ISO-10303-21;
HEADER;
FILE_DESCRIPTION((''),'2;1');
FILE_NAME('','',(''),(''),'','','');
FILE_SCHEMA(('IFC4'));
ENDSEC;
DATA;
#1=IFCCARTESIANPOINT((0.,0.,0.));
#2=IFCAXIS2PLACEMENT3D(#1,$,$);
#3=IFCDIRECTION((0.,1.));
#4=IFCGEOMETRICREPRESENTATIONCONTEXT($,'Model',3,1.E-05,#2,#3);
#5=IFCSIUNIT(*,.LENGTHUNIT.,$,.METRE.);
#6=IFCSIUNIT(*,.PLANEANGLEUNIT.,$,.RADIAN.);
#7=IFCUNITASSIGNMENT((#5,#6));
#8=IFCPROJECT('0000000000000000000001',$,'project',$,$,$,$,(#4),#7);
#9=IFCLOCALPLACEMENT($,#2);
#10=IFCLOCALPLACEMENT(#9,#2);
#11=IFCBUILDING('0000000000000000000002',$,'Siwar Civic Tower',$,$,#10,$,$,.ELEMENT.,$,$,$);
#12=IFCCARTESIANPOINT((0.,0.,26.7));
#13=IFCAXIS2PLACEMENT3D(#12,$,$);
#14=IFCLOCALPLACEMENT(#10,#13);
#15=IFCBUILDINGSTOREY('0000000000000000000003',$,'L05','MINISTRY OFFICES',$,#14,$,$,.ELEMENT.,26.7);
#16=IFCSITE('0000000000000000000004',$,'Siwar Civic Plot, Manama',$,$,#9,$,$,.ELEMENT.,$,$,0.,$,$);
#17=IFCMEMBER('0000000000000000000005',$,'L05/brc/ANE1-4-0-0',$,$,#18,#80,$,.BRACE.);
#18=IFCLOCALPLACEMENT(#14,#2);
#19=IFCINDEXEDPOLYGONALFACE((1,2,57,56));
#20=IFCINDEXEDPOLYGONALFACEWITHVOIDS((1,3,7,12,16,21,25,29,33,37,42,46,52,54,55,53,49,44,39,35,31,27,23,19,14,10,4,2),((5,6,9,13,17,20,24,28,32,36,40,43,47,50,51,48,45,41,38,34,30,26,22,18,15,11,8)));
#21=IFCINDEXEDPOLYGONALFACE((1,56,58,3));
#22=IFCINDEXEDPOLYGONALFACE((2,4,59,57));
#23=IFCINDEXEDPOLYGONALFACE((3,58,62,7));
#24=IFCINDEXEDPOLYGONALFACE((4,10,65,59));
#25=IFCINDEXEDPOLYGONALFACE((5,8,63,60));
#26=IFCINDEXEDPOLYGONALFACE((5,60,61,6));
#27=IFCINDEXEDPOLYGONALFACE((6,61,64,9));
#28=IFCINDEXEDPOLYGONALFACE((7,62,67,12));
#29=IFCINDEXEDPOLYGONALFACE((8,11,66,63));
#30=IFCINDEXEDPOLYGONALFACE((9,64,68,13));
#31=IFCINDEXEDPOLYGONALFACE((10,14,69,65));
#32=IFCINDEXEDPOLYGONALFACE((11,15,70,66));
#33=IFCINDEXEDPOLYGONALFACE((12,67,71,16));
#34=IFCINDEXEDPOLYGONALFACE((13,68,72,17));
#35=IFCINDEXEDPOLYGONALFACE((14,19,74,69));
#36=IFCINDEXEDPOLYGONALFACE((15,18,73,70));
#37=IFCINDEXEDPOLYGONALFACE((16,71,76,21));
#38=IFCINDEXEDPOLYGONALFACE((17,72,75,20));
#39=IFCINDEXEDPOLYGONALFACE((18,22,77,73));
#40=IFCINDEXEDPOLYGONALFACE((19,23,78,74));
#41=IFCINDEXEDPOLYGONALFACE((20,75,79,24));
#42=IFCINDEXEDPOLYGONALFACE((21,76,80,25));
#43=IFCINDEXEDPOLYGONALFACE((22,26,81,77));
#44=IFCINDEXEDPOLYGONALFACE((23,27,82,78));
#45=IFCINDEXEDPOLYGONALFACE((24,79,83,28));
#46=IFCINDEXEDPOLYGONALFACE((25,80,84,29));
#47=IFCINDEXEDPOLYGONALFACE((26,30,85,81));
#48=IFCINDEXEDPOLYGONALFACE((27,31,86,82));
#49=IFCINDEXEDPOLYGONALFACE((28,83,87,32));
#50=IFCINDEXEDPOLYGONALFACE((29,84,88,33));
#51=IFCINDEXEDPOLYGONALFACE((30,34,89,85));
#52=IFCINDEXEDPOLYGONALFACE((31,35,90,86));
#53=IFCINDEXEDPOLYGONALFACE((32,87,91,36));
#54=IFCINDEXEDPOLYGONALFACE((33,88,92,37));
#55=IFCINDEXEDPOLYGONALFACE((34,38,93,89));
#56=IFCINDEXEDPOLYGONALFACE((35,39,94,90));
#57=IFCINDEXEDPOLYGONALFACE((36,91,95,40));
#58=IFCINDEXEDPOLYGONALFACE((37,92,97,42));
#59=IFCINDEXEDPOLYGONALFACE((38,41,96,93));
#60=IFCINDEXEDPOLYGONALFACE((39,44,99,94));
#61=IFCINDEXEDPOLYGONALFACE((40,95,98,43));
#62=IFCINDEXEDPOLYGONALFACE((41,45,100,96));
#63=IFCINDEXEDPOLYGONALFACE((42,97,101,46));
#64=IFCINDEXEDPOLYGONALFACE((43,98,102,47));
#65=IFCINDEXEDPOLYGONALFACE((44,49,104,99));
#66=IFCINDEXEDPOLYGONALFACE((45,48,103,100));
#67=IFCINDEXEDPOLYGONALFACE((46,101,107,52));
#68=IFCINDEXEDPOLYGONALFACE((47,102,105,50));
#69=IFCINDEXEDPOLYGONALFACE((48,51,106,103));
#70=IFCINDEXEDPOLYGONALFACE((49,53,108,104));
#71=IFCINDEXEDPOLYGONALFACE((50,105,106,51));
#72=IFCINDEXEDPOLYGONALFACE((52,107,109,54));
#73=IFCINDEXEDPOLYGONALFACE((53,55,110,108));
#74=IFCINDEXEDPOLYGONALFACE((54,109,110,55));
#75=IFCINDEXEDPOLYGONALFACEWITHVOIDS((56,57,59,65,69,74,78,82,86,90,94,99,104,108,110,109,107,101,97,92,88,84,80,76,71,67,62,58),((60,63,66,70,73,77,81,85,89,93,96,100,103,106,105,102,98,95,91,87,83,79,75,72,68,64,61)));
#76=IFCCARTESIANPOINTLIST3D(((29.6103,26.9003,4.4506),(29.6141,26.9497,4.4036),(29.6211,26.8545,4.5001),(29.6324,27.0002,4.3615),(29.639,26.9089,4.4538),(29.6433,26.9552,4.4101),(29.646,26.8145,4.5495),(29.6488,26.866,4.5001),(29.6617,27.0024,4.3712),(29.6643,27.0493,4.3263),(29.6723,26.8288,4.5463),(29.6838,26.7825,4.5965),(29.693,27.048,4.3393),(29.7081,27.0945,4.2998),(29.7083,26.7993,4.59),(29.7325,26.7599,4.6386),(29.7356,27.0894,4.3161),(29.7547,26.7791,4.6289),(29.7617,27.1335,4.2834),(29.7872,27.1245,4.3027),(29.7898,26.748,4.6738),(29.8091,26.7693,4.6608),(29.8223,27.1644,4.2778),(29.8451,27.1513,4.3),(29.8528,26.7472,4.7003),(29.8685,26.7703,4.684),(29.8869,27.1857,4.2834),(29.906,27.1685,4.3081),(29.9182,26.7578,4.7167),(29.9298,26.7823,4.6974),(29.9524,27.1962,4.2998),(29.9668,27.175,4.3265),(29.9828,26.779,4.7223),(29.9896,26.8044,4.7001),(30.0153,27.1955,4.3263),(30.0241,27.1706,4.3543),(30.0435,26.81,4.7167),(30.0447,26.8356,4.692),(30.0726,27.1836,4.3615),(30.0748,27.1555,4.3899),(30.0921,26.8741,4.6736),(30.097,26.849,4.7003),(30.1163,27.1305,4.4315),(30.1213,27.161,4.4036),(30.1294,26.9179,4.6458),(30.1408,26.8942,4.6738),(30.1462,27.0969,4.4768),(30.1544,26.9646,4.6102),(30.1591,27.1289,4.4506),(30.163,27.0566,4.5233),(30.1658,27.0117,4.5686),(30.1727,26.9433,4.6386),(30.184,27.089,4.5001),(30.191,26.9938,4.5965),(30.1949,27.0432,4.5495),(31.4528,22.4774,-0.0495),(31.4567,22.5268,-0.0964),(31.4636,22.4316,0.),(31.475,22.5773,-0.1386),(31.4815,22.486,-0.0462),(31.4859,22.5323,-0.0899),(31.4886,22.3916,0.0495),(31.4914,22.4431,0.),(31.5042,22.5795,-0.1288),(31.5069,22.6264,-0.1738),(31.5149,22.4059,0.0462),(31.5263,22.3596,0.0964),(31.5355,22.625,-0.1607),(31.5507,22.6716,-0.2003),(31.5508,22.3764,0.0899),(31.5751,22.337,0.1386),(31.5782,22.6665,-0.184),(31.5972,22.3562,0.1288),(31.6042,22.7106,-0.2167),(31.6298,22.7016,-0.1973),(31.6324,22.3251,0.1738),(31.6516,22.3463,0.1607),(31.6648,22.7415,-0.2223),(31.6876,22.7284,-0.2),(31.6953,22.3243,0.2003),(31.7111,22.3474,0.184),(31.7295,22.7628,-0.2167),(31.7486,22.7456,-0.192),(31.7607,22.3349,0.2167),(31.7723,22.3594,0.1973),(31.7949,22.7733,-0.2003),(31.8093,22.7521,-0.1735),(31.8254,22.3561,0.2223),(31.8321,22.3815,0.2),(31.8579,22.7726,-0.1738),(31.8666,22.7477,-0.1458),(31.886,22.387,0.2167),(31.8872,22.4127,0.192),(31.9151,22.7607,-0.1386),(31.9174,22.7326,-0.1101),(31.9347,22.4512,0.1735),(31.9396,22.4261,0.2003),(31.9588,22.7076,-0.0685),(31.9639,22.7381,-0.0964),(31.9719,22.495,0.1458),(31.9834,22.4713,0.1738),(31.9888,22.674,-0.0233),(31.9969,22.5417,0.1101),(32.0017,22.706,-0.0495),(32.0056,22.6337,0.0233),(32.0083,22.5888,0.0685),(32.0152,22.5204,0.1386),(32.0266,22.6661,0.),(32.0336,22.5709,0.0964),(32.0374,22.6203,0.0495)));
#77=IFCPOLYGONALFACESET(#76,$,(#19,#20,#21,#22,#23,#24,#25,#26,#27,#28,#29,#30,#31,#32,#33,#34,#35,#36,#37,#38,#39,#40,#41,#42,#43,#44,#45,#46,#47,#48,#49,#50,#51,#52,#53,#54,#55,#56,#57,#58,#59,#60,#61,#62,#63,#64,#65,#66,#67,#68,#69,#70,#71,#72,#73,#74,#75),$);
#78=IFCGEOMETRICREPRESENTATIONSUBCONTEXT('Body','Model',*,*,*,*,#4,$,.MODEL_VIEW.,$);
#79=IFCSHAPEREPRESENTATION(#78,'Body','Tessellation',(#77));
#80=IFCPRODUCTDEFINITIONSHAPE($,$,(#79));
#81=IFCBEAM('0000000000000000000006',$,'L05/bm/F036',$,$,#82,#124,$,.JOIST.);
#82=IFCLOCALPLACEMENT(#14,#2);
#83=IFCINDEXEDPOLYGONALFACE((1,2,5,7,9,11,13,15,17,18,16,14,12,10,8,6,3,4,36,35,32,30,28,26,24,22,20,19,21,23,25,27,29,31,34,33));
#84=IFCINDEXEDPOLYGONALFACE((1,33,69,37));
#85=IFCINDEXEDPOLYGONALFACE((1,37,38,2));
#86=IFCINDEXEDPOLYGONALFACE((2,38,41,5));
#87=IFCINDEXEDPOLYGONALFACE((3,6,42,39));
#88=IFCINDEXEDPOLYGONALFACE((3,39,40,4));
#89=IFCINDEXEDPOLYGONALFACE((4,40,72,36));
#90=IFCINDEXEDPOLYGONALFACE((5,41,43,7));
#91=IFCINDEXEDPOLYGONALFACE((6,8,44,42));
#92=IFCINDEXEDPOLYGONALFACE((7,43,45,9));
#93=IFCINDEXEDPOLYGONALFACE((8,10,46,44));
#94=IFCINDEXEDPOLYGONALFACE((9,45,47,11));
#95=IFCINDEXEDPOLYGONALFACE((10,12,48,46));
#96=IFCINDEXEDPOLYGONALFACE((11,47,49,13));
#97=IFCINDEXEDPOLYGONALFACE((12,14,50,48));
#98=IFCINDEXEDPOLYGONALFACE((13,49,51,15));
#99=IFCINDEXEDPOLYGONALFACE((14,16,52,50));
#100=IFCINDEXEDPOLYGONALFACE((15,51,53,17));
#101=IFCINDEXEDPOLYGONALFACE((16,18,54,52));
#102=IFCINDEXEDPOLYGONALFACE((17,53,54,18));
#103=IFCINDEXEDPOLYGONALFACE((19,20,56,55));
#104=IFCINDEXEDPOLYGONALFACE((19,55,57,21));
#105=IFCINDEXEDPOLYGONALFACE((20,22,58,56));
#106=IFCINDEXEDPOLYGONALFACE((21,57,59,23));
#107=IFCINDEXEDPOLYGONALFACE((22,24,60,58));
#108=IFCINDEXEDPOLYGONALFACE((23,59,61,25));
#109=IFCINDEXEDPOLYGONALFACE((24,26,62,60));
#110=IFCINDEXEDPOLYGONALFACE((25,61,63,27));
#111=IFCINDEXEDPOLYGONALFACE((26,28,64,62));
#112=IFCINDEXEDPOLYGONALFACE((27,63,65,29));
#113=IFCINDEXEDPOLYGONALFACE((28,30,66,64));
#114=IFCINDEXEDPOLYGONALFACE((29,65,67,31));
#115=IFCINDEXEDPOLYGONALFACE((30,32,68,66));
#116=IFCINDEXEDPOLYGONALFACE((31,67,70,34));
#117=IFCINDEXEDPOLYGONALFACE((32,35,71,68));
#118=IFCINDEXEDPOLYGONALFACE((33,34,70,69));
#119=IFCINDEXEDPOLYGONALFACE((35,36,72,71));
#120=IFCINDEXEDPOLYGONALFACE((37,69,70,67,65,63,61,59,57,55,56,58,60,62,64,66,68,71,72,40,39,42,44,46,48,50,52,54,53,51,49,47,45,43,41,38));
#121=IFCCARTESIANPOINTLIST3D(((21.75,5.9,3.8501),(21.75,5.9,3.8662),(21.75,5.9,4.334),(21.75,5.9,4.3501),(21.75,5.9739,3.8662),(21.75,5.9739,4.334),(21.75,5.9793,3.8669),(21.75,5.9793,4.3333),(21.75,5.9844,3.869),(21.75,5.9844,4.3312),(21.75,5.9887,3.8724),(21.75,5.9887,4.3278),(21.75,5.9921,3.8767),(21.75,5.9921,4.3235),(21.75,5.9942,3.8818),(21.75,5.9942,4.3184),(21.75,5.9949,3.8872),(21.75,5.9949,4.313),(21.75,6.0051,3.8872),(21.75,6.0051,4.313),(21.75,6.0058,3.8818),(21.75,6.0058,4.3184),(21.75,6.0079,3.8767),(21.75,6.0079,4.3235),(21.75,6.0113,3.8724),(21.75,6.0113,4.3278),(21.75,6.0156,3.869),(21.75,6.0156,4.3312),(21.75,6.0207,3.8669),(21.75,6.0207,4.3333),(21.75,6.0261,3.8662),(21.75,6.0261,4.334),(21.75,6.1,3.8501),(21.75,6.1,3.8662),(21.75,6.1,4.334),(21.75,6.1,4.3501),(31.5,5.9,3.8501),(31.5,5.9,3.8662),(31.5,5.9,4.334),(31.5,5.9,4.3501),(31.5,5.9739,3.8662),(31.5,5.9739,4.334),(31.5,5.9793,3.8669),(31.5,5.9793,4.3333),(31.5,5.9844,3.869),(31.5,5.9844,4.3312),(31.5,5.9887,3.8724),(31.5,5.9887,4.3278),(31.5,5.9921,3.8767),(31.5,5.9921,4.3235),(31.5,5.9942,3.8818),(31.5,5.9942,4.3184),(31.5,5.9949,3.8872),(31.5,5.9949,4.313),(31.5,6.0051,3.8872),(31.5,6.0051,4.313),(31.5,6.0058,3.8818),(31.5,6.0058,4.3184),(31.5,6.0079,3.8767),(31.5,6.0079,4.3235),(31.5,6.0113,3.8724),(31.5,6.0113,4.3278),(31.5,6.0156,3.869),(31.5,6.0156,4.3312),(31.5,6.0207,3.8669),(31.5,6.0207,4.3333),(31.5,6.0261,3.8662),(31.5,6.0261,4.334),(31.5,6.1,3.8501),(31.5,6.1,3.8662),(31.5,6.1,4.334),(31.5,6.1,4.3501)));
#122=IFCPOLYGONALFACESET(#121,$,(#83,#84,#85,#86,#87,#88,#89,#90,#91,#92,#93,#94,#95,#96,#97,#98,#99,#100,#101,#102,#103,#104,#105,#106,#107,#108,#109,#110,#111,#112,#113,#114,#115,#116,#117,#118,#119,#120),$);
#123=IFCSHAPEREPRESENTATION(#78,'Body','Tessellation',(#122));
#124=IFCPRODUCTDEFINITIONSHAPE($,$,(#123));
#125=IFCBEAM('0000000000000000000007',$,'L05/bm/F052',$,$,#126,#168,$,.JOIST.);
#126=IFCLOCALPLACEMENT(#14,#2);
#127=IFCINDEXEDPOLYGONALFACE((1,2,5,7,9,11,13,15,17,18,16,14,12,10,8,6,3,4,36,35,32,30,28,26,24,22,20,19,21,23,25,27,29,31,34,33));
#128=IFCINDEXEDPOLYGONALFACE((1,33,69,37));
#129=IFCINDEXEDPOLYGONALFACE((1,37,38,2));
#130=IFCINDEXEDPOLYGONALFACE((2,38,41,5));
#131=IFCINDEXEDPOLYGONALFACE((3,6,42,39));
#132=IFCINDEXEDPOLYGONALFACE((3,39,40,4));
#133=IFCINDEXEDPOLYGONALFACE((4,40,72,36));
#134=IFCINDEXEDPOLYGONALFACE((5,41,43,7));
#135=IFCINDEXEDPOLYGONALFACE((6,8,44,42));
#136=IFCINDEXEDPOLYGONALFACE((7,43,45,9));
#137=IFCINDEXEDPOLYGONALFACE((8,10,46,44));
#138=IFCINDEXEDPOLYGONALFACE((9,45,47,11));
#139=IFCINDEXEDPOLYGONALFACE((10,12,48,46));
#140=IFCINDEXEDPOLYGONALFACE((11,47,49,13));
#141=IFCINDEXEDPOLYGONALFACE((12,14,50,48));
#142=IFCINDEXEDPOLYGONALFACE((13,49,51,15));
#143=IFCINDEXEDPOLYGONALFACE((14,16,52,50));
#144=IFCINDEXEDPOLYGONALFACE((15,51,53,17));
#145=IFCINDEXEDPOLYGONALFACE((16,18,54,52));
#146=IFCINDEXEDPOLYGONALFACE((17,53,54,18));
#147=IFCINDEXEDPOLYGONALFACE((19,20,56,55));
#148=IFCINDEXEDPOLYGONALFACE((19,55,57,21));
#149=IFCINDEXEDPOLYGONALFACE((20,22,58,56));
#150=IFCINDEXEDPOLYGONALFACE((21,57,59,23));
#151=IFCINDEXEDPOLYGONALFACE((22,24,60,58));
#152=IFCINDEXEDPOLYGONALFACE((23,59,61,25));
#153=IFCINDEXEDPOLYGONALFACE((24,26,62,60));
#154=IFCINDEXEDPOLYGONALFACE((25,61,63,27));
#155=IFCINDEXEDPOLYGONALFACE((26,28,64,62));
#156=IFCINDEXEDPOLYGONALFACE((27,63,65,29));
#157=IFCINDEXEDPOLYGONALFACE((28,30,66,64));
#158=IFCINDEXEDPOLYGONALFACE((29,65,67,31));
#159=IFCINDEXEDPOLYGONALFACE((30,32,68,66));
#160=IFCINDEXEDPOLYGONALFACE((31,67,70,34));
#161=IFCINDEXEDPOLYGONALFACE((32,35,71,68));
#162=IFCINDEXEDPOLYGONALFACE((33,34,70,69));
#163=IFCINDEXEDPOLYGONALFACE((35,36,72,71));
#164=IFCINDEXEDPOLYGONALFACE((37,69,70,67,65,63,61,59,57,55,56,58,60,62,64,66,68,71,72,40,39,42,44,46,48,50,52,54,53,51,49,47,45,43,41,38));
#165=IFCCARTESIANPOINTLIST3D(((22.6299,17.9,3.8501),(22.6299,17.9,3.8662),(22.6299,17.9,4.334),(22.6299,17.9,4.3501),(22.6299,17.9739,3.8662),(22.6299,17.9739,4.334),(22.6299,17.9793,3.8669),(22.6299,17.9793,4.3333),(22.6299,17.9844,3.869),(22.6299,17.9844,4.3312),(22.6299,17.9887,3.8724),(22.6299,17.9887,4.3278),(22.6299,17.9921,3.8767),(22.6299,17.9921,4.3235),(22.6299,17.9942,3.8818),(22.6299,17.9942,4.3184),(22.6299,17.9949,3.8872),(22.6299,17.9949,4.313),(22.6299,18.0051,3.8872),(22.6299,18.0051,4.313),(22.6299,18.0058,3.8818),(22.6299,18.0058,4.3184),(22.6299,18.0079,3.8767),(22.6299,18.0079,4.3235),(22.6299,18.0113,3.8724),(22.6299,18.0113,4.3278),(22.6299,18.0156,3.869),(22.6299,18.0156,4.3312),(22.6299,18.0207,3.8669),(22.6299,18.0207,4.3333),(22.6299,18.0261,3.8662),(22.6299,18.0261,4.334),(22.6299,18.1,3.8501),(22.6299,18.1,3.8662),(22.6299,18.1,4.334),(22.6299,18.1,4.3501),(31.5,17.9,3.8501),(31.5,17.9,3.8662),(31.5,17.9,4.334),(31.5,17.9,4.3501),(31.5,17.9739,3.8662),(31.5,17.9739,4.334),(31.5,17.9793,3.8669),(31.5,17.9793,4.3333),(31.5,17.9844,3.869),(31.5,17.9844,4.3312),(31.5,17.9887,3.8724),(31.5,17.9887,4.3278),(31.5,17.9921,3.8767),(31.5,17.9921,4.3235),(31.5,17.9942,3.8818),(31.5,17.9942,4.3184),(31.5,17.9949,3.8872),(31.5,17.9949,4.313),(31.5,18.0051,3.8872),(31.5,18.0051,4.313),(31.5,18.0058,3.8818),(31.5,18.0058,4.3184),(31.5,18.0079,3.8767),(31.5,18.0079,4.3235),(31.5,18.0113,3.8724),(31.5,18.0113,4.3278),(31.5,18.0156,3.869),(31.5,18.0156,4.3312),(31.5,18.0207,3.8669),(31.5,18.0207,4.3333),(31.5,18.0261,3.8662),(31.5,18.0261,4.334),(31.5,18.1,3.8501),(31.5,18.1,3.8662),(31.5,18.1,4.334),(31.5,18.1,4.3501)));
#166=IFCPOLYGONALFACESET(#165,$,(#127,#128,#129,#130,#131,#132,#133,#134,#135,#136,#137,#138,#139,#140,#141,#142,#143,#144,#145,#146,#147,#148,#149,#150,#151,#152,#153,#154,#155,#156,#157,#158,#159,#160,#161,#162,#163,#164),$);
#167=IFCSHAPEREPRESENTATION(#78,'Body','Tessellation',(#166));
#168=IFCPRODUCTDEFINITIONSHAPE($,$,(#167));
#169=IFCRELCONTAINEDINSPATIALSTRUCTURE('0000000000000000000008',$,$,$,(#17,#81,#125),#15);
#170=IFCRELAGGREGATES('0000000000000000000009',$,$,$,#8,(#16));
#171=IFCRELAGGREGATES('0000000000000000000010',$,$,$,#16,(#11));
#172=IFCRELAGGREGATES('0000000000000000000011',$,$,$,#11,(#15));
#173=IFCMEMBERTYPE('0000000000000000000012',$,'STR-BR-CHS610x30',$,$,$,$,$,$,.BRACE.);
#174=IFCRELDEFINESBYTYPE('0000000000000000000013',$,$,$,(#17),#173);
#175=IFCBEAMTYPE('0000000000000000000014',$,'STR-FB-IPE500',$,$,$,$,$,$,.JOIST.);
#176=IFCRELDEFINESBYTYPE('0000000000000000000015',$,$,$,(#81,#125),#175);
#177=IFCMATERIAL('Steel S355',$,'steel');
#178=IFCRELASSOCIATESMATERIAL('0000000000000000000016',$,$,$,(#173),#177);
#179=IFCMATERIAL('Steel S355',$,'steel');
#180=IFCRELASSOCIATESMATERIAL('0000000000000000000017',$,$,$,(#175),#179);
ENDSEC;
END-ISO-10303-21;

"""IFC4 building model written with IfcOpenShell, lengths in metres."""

from ifc_helpers import new_model, si_unit, direction, frame, origin, origin_2d, place, context, subcontext, project, spatial, hollow_circle, i_section, extrude, material, material_profile, profile_set, type_object, element, save


model = new_model("IFC4")

# Units and contexts
model_context = context("Model", 3, precision=1e-05, world=origin(), true_north=direction((0.0, 1.0)))
body_context = subcontext(model_context, "Body", "Model", "MODEL_VIEW")
ifc_project = project(units=[si_unit("LENGTHUNIT", "METRE"), si_unit("PLANEANGLEUNIT", "RADIAN")], contexts=[model_context])

# Site, building, storey
site_placement = place(None, origin())
site = spatial("IfcSite", under=ifc_project, at=site_placement, Name="Siwar Civic Plot, Manama", CompositionType="ELEMENT", RefElevation=0.0)
building_placement = place(site_placement, origin())
building = spatial("IfcBuilding", under=site, at=building_placement, Name="Siwar Civic Tower", CompositionType="ELEMENT")
storey_placement = place(building_placement, frame((0.0, 0.0, 26.7)))
storey = spatial("IfcBuildingStorey", under=building, at=storey_placement, Name="L05", Description="MINISTRY OFFICES", CompositionType="ELEMENT", Elevation=26.7)

# Member
ifc_material_1 = material(Name="Steel S355", Category="steel")
ifc_material_profile_1 = material_profile(ifc_material_1, hollow_circle(Radius=0.3049, WallThickness=0.03, at=origin_2d()), Name="CHS610x30")
ifc_profile_set_1 = profile_set([ifc_material_profile_1], Name="Steel S355")
member_type_1 = type_object("IfcMemberType", Name="STR-BR-CHS610x30", PredefinedType="BRACE", material=ifc_profile_set_1)
member_1_placement = place(storey_placement, frame((31.7451, 22.5488, 0.0), z_axis=(-0.280311, 0.672865, 0.684601), x_axis=(-0.923101, -0.384557, 0.0)))
element("IfcMember", 1, at=member_1_placement, inside=storey, type_object=member_type_1, Name="L05/brc/ANE1-4-0-0", PredefinedType="BRACE", context=body_context, shape_type="SweptSolid", body=[
    extrude(hollow_circle(Radius=0.3049, WallThickness=0.03, at=origin_2d()), origin(), (0.0, 0.0, 1.0), 6.5732),
])

# Beams
ifc_material_2 = material(Name="Steel S355", Category="steel")
ifc_material_profile_2 = material_profile(ifc_material_2, i_section(OverallWidth=0.2, OverallDepth=0.5, WebThickness=0.0103, FlangeThickness=0.0161, FilletRadius=0.021, at=origin_2d()), Name="IPE500")
ifc_profile_set_2 = profile_set([ifc_material_profile_2], Name="Steel S355")
beam_type_1 = type_object("IfcBeamType", Name="STR-FB-IPE500", PredefinedType="JOIST", material=ifc_profile_set_2)
beam_1_placement = place(storey_placement, frame((21.75, 6.0, 4.1001), z_axis=(1.0, 0.0, 0.0), x_axis=(0.0, 1.0, 0.0)))
element("IfcBeam", 2, at=beam_1_placement, inside=storey, type_object=beam_type_1, Name="L05/bm/F036", PredefinedType="JOIST", context=body_context, shape_type="SweptSolid", body=[
    extrude(i_section(OverallWidth=0.2, OverallDepth=0.5, WebThickness=0.0103, FlangeThickness=0.0161, FilletRadius=0.021, at=origin_2d()), origin(), (0.0, 0.0, 1.0), 9.75),
])
beam_2_placement = place(storey_placement, frame((22.6299, 18.0, 4.1001), z_axis=(1.0, 0.0, 0.0), x_axis=(0.0, 1.0, 0.0)))
element("IfcBeam", 3, at=beam_2_placement, inside=storey, type_object=beam_type_1, Name="L05/bm/F052", PredefinedType="JOIST", context=body_context, shape_type="SweptSolid", body=[
    extrude(i_section(OverallWidth=0.2, OverallDepth=0.5, WebThickness=0.0103, FlangeThickness=0.0161, FilletRadius=0.021, at=origin_2d()), origin(), (0.0, 0.0, 1.0), 8.8701),
])

save(model, "model.ifc")
